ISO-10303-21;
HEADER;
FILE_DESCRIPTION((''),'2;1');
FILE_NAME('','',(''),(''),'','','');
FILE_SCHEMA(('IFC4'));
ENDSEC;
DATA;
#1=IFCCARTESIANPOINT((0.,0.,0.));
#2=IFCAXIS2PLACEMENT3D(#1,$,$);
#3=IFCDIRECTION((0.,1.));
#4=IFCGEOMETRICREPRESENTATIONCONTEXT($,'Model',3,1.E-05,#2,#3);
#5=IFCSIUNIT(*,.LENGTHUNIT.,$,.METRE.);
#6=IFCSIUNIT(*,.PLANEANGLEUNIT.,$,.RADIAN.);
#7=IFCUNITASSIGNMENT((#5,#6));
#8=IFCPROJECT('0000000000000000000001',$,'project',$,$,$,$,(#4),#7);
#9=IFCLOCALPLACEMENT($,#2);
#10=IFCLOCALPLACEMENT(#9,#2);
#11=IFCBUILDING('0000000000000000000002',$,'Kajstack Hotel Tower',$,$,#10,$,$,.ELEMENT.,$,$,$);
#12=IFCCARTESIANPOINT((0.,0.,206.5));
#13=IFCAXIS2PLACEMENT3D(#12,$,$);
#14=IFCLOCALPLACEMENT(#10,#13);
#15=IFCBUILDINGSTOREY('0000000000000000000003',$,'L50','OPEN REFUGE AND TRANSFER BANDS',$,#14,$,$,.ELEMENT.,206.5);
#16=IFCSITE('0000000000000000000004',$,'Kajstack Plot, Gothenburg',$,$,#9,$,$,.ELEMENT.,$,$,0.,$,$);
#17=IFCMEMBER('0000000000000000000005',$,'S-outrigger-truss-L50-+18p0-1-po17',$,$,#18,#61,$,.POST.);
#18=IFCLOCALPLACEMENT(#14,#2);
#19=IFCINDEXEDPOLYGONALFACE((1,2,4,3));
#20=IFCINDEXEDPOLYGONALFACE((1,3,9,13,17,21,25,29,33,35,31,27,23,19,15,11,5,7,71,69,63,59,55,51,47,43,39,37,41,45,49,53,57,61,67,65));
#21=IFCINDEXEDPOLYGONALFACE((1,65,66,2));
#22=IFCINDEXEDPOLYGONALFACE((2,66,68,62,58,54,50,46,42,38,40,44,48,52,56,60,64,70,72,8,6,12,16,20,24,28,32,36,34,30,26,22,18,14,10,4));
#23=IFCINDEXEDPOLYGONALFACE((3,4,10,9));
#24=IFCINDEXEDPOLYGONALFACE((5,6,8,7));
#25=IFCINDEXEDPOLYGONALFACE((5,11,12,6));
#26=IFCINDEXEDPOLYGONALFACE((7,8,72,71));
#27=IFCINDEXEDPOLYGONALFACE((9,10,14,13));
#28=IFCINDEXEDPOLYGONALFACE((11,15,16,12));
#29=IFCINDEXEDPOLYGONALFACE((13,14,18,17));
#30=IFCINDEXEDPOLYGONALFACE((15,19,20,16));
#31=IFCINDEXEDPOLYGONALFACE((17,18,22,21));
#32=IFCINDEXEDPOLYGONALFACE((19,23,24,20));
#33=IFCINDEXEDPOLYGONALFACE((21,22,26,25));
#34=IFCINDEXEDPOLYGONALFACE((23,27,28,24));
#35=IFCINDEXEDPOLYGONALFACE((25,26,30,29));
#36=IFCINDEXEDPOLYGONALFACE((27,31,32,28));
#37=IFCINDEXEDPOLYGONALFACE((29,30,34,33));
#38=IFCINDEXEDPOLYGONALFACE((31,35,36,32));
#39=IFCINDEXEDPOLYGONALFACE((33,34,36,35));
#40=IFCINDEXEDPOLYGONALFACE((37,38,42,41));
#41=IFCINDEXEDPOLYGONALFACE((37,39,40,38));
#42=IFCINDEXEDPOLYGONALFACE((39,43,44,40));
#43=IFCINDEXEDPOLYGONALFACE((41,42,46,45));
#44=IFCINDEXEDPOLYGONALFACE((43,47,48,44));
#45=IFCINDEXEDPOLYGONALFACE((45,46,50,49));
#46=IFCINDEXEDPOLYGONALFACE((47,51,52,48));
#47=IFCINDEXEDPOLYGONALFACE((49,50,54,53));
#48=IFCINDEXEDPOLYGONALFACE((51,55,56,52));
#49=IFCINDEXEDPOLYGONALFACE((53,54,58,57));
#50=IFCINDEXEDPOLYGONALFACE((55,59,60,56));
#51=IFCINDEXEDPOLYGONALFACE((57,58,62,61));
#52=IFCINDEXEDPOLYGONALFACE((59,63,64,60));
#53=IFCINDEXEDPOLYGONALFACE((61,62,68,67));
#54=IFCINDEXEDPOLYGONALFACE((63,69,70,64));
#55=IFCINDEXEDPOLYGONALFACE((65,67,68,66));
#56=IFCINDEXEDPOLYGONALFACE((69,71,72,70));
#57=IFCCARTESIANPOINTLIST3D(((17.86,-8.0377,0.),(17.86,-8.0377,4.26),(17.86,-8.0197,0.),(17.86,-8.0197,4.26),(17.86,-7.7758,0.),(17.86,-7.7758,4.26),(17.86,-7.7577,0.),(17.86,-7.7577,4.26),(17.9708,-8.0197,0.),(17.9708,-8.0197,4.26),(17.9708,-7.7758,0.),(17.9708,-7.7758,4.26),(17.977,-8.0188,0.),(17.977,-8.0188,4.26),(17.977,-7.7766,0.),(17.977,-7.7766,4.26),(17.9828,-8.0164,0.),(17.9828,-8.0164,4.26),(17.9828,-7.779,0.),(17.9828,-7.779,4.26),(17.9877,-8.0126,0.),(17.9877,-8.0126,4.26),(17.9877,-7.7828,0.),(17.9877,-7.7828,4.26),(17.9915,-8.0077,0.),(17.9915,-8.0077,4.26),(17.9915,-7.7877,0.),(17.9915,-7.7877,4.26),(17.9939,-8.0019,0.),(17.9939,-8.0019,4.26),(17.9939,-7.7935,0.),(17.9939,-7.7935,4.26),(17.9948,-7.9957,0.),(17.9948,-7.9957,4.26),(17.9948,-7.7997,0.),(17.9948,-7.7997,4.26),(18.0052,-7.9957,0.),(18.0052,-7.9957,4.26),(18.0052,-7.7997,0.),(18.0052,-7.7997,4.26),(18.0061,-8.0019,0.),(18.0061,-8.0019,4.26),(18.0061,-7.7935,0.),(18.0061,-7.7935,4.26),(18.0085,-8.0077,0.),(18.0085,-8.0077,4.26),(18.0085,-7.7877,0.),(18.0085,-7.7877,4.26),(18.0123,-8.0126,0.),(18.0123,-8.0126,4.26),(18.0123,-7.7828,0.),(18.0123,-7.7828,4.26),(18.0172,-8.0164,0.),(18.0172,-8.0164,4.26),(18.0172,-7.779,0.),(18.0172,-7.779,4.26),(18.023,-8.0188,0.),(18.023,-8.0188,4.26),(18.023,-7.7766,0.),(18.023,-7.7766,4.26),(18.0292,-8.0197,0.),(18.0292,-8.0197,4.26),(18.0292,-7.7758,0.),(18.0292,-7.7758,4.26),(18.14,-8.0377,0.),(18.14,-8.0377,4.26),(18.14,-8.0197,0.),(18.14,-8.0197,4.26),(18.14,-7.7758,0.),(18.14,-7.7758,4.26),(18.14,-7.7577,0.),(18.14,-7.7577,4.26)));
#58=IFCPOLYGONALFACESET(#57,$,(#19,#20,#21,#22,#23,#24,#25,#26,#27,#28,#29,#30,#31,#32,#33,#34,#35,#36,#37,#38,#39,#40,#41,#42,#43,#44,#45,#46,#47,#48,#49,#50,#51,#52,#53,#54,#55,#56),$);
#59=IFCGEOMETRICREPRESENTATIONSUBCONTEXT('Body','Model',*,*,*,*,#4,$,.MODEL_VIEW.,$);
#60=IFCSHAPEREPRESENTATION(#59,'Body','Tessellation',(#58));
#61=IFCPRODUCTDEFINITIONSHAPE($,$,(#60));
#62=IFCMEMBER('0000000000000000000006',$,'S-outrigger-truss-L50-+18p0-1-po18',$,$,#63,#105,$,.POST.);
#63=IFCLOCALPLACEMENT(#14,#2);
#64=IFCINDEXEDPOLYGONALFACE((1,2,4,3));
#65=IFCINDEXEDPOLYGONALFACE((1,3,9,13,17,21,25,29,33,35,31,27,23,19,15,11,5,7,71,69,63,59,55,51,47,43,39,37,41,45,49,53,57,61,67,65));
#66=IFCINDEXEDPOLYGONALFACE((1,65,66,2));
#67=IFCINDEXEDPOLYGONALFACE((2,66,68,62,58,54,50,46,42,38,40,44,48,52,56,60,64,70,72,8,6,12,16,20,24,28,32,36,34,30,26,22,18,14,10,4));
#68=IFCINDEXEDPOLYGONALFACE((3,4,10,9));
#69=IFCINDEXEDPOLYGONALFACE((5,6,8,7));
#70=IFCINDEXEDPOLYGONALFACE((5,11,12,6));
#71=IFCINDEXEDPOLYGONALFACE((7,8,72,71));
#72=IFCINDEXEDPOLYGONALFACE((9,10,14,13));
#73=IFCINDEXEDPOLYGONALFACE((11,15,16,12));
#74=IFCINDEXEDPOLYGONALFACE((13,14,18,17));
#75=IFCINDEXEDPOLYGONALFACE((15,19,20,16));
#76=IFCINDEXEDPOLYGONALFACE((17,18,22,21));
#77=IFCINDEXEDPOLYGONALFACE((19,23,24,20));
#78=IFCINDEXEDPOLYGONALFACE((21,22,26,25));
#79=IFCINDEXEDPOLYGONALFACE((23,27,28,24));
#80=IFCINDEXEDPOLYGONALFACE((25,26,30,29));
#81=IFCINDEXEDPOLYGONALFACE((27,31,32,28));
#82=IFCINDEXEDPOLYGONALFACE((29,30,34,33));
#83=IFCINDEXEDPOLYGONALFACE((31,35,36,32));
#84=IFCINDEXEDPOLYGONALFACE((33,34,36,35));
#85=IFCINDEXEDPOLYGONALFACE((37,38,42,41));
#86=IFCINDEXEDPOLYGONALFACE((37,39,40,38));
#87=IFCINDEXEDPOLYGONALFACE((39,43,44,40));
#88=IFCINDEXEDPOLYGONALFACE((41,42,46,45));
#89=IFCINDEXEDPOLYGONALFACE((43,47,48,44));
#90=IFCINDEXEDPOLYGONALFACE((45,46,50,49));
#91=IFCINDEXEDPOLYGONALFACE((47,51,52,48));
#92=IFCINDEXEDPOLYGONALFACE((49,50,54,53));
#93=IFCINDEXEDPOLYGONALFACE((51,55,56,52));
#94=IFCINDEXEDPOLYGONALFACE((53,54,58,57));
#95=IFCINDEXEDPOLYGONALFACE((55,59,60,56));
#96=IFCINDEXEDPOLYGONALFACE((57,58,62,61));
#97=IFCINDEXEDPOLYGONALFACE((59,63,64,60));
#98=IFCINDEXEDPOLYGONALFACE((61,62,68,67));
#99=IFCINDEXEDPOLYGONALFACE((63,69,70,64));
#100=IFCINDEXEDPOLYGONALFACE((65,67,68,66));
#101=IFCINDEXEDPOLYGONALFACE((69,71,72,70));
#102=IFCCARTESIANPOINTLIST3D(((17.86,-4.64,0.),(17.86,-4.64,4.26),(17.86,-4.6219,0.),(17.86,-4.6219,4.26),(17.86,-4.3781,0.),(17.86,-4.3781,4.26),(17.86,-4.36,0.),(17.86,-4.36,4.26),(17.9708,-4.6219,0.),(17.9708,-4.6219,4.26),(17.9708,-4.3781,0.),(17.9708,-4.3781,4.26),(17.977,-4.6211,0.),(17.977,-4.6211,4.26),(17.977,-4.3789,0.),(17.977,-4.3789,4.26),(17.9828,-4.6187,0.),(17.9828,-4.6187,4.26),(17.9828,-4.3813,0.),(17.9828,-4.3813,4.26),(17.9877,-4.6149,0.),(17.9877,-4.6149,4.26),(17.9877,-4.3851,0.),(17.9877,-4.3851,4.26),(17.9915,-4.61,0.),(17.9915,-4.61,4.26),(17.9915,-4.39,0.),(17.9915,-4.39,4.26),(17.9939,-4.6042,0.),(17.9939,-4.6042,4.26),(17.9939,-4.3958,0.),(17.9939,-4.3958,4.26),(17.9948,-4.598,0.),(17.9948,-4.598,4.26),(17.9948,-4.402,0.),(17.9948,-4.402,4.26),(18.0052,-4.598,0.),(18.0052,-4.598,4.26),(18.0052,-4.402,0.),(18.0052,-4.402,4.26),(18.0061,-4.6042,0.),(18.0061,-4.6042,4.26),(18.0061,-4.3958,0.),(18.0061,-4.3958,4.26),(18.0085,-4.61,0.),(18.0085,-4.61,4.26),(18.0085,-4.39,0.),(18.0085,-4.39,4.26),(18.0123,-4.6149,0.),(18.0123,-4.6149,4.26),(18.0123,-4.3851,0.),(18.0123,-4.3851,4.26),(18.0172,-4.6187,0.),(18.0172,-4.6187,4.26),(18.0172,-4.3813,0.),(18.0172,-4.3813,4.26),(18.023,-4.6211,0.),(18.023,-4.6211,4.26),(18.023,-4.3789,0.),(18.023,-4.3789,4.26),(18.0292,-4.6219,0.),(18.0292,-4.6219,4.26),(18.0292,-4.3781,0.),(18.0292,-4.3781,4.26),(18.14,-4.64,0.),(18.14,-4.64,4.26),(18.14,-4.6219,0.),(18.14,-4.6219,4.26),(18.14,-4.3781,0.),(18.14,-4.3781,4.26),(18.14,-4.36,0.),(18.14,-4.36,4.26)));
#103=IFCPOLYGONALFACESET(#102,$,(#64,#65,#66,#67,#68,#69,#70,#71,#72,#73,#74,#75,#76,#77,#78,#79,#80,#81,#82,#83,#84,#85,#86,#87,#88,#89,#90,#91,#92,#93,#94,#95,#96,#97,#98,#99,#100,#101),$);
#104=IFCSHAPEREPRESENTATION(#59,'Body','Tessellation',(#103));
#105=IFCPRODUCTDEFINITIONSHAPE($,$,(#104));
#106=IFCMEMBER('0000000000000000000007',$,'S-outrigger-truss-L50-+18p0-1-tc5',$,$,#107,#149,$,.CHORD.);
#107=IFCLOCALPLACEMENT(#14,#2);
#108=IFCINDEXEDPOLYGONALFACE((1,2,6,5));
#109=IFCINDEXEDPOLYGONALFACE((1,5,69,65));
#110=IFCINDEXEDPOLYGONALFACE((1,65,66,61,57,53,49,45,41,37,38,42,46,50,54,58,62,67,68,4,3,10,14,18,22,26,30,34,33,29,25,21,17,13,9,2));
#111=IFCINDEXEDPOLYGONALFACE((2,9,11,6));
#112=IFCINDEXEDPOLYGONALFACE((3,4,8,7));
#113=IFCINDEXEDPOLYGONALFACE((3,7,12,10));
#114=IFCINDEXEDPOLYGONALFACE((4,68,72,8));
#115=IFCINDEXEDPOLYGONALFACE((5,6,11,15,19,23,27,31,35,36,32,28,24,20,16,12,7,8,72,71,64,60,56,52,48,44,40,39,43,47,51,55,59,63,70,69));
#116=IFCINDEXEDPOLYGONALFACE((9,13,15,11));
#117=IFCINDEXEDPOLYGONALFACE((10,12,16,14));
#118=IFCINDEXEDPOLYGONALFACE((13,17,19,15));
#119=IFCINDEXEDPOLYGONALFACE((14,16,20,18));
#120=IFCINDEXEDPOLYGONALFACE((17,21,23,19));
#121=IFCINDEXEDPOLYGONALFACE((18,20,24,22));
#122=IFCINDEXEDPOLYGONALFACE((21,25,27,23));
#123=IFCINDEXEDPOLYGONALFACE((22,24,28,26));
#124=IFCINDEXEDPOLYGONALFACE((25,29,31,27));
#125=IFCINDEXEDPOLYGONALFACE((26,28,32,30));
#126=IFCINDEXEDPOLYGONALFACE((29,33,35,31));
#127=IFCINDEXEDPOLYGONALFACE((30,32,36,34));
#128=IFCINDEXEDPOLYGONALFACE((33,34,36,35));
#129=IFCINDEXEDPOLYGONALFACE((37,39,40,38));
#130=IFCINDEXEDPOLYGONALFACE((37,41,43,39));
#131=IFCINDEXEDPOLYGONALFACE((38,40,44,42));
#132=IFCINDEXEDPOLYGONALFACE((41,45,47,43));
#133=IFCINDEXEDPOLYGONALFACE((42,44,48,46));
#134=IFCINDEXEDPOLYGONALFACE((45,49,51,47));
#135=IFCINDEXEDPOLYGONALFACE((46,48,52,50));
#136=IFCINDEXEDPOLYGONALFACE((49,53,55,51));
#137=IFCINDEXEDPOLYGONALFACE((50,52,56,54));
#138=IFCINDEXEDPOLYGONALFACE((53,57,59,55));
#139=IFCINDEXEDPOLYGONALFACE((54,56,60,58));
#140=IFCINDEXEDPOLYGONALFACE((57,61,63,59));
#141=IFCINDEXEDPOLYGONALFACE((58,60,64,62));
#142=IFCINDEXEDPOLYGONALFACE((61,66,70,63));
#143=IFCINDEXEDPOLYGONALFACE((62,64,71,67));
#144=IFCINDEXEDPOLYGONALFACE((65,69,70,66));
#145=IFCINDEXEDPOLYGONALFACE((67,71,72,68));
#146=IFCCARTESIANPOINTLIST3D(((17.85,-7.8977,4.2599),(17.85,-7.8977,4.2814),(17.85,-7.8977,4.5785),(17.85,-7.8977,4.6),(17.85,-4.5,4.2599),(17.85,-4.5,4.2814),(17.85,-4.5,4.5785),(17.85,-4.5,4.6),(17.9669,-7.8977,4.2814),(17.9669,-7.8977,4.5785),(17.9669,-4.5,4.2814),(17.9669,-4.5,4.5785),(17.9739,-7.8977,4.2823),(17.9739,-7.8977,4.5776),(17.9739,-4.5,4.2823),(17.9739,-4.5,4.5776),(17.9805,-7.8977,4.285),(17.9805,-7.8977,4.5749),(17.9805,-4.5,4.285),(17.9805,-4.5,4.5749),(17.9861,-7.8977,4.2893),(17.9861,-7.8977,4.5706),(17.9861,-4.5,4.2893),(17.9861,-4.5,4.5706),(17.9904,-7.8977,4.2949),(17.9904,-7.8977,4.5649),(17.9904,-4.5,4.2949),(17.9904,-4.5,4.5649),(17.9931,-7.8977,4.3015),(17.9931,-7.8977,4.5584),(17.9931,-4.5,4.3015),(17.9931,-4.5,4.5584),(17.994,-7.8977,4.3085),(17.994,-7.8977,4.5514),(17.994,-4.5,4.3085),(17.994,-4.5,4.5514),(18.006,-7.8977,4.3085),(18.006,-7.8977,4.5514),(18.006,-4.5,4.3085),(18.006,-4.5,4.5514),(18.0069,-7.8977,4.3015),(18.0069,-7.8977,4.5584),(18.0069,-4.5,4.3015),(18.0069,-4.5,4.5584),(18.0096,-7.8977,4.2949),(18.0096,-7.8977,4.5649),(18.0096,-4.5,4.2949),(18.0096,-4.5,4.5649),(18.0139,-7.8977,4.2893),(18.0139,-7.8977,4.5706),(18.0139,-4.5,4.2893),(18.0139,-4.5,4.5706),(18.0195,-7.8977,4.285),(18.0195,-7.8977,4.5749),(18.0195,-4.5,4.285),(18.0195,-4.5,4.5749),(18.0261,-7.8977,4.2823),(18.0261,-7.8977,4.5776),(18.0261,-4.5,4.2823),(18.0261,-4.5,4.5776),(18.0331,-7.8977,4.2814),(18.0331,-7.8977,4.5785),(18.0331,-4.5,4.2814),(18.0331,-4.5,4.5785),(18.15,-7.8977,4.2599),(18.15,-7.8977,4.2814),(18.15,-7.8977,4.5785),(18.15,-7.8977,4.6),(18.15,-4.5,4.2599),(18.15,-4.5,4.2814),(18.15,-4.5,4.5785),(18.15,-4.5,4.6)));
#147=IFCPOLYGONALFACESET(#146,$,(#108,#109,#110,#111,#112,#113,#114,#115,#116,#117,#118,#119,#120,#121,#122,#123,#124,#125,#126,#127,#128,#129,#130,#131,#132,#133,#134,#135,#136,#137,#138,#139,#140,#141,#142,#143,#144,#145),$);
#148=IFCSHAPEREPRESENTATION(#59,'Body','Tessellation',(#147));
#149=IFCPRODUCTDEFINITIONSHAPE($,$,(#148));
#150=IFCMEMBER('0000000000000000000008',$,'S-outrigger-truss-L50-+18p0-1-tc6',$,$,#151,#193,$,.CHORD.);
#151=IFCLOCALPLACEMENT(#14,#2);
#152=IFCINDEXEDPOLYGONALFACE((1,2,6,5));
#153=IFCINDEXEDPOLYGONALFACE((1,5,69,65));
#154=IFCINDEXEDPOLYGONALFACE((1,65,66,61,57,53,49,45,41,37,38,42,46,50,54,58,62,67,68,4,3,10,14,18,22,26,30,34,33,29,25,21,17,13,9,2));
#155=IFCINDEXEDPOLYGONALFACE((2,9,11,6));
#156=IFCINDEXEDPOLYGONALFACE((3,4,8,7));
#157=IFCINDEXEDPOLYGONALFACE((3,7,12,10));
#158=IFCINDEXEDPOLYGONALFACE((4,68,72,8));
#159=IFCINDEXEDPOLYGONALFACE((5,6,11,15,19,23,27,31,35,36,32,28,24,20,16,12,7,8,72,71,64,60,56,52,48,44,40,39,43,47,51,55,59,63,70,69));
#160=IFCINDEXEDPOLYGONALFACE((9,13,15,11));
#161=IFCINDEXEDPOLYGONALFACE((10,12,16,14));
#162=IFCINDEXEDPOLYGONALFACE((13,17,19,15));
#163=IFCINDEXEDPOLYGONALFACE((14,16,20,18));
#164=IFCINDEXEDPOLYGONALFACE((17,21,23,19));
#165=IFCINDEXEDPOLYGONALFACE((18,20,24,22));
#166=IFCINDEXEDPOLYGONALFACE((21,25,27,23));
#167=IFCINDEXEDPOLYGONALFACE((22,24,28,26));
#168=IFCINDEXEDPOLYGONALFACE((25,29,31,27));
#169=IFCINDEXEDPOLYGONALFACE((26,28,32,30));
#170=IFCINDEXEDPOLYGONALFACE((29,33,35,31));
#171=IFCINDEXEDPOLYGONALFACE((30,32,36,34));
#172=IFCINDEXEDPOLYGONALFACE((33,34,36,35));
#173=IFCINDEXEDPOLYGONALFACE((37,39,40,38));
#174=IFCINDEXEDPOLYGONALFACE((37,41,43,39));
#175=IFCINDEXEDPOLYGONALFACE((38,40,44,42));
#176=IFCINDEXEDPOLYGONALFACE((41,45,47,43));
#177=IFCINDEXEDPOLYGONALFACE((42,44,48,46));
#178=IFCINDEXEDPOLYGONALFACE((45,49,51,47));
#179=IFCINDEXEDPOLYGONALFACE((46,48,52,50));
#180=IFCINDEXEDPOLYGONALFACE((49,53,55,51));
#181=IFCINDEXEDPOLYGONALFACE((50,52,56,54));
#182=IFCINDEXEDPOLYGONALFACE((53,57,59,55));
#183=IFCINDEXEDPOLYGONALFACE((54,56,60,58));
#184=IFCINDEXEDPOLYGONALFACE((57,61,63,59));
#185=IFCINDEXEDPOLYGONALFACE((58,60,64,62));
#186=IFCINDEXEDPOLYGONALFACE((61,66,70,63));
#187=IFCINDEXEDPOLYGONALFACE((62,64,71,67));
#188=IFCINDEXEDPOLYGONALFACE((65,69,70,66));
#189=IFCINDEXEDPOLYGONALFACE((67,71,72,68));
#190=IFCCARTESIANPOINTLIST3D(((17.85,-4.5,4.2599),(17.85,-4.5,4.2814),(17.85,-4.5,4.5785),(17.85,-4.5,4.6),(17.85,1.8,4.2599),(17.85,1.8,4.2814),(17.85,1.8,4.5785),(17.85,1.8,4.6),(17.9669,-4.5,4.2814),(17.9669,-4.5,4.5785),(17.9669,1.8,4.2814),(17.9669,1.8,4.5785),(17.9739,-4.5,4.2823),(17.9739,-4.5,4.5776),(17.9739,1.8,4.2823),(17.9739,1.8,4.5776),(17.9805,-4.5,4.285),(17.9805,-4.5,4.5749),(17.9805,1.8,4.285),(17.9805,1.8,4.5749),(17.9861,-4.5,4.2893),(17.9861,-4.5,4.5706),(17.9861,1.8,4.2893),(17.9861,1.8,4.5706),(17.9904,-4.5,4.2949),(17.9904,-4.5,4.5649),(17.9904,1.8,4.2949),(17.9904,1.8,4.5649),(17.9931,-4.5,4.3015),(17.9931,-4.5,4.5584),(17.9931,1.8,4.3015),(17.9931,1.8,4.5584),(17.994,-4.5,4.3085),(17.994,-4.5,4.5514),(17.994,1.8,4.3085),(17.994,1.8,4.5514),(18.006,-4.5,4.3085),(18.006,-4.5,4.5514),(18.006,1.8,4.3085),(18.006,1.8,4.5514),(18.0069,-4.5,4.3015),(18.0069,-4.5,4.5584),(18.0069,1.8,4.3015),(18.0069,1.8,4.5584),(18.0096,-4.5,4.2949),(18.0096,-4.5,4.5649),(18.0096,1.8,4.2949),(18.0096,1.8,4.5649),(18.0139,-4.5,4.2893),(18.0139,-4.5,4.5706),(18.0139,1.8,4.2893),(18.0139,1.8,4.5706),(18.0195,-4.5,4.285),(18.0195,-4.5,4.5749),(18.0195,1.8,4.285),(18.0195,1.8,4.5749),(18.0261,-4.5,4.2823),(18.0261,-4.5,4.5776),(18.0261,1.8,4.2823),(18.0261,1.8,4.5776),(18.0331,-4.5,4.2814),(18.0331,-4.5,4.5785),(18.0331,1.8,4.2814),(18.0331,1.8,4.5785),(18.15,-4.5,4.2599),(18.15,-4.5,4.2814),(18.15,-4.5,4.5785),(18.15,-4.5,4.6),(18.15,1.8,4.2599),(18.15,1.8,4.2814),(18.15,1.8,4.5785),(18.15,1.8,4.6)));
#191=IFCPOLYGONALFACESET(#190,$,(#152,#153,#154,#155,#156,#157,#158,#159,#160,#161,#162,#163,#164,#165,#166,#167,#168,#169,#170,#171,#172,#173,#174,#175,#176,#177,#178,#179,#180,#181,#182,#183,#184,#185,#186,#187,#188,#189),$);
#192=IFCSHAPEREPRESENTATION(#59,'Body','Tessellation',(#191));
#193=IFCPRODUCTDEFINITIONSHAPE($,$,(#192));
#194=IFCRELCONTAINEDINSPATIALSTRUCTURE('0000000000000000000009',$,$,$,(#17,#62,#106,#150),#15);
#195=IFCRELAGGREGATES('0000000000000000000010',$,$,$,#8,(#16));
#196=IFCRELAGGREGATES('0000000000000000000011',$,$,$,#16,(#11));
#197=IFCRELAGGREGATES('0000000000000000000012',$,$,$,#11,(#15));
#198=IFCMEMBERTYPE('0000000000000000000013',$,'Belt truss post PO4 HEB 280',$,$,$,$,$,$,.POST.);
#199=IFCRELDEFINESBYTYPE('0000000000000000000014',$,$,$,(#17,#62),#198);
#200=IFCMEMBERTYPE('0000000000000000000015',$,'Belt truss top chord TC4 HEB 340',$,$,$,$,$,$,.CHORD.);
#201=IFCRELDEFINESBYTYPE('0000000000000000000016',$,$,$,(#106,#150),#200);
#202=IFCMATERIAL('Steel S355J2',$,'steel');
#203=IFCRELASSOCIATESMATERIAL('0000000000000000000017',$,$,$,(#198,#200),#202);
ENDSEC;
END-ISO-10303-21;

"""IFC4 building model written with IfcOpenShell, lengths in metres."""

from ifc_helpers import new_model, si_unit, direction, frame, origin, origin_2d, place, context, subcontext, project, spatial, i_section, extrude, material, material_profile, profile_set, type_object, element, save


model = new_model("IFC4")

# Units and contexts
model_context = context("Model", 3, precision=1e-05, world=origin(), true_north=direction((0.0, 1.0)))
body_context = subcontext(model_context, "Body", "Model", "MODEL_VIEW")
ifc_project = project(units=[si_unit("LENGTHUNIT", "METRE"), si_unit("PLANEANGLEUNIT", "RADIAN")], contexts=[model_context])

# Site, building, storey
site_placement = place(None, origin())
site = spatial("IfcSite", under=ifc_project, at=site_placement, Name="Kajstack Plot, Gothenburg", CompositionType="ELEMENT", RefElevation=0.0)
building_placement = place(site_placement, origin())
building = spatial("IfcBuilding", under=site, at=building_placement, Name="Kajstack Hotel Tower", CompositionType="ELEMENT")
storey_placement = place(building_placement, frame((0.0, 0.0, 206.5)))
storey = spatial("IfcBuildingStorey", under=building, at=storey_placement, Name="L50", Description="OPEN REFUGE AND TRANSFER BANDS", CompositionType="ELEMENT", Elevation=206.5)

# Members
ifc_material_1 = material(Name="Steel S355J2", Category="steel")
ifc_material_profile_1 = material_profile(ifc_material_1, i_section(OverallWidth=0.28, OverallDepth=0.28, WebThickness=0.0105, FlangeThickness=0.0181, FilletRadius=0.0239, at=origin_2d()), Name="HEB 280")
ifc_profile_set_1 = profile_set([ifc_material_profile_1], Name="Steel S355J2")
member_type_1 = type_object("IfcMemberType", Name="Belt truss post PO4 HEB 280", PredefinedType="POST", material=ifc_profile_set_1)
for number, where, z_axis, x_axis, name in (
    (1, (18.0, -7.8977, 0.0), (0.0, 0.0, 1.0), (1.0, 0.0, 0.0), "S-outrigger-truss-L50-+18p0-1-po17"),
    (2, (18.0, -4.5, 0.0), (0.0, 0.0, 1.0), (1.0, 0.0, 0.0), "S-outrigger-truss-L50-+18p0-1-po18"),
):
    element("IfcMember", number, at=place(storey_placement, frame(where, z_axis=z_axis, x_axis=x_axis)), inside=storey, type_object=member_type_1, Name=name, PredefinedType="POST", context=body_context, shape_type="SweptSolid", body=[
        extrude(i_section(OverallWidth=0.28, OverallDepth=0.28, WebThickness=0.0105, FlangeThickness=0.0181, FilletRadius=0.0239, at=origin_2d()), origin(), (0.0, 0.0, 1.0), 4.26),
    ])
ifc_material_profile_2 = material_profile(ifc_material_1, i_section(OverallWidth=0.3, OverallDepth=0.3401, WebThickness=0.012, FlangeThickness=0.0215, FilletRadius=0.0271, at=origin_2d()), Name="HEB 340")
ifc_profile_set_2 = profile_set([ifc_material_profile_2], Name="Steel S355J2")
member_type_2 = type_object("IfcMemberType", Name="Belt truss top chord TC4 HEB 340", PredefinedType="CHORD", material=ifc_profile_set_2)
member_1_placement = place(storey_placement, frame((18.0, -7.8977, 4.4299), z_axis=(0.0, 1.0, 0.0), x_axis=(-1.0, 0.0, 0.0)))
element("IfcMember", 3, at=member_1_placement, inside=storey, type_object=member_type_2, Name="S-outrigger-truss-L50-+18p0-1-tc5", PredefinedType="CHORD", context=body_context, shape_type="SweptSolid", body=[
    extrude(i_section(OverallWidth=0.3, OverallDepth=0.3401, WebThickness=0.012, FlangeThickness=0.0215, FilletRadius=0.0271, at=origin_2d()), origin(), (0.0, 0.0, 1.0), 3.3977),
])
member_2_placement = place(storey_placement, frame((18.0, -4.5, 4.4299), z_axis=(0.0, 1.0, 0.0), x_axis=(-1.0, 0.0, 0.0)))
element("IfcMember", 4, at=member_2_placement, inside=storey, type_object=member_type_2, Name="S-outrigger-truss-L50-+18p0-1-tc6", PredefinedType="CHORD", context=body_context, shape_type="SweptSolid", body=[
    extrude(i_section(OverallWidth=0.3, OverallDepth=0.3401, WebThickness=0.012, FlangeThickness=0.0215, FilletRadius=0.0271, at=origin_2d()), origin(), (0.0, 0.0, 1.0), 6.3),
])

save(model, "model.ifc")
